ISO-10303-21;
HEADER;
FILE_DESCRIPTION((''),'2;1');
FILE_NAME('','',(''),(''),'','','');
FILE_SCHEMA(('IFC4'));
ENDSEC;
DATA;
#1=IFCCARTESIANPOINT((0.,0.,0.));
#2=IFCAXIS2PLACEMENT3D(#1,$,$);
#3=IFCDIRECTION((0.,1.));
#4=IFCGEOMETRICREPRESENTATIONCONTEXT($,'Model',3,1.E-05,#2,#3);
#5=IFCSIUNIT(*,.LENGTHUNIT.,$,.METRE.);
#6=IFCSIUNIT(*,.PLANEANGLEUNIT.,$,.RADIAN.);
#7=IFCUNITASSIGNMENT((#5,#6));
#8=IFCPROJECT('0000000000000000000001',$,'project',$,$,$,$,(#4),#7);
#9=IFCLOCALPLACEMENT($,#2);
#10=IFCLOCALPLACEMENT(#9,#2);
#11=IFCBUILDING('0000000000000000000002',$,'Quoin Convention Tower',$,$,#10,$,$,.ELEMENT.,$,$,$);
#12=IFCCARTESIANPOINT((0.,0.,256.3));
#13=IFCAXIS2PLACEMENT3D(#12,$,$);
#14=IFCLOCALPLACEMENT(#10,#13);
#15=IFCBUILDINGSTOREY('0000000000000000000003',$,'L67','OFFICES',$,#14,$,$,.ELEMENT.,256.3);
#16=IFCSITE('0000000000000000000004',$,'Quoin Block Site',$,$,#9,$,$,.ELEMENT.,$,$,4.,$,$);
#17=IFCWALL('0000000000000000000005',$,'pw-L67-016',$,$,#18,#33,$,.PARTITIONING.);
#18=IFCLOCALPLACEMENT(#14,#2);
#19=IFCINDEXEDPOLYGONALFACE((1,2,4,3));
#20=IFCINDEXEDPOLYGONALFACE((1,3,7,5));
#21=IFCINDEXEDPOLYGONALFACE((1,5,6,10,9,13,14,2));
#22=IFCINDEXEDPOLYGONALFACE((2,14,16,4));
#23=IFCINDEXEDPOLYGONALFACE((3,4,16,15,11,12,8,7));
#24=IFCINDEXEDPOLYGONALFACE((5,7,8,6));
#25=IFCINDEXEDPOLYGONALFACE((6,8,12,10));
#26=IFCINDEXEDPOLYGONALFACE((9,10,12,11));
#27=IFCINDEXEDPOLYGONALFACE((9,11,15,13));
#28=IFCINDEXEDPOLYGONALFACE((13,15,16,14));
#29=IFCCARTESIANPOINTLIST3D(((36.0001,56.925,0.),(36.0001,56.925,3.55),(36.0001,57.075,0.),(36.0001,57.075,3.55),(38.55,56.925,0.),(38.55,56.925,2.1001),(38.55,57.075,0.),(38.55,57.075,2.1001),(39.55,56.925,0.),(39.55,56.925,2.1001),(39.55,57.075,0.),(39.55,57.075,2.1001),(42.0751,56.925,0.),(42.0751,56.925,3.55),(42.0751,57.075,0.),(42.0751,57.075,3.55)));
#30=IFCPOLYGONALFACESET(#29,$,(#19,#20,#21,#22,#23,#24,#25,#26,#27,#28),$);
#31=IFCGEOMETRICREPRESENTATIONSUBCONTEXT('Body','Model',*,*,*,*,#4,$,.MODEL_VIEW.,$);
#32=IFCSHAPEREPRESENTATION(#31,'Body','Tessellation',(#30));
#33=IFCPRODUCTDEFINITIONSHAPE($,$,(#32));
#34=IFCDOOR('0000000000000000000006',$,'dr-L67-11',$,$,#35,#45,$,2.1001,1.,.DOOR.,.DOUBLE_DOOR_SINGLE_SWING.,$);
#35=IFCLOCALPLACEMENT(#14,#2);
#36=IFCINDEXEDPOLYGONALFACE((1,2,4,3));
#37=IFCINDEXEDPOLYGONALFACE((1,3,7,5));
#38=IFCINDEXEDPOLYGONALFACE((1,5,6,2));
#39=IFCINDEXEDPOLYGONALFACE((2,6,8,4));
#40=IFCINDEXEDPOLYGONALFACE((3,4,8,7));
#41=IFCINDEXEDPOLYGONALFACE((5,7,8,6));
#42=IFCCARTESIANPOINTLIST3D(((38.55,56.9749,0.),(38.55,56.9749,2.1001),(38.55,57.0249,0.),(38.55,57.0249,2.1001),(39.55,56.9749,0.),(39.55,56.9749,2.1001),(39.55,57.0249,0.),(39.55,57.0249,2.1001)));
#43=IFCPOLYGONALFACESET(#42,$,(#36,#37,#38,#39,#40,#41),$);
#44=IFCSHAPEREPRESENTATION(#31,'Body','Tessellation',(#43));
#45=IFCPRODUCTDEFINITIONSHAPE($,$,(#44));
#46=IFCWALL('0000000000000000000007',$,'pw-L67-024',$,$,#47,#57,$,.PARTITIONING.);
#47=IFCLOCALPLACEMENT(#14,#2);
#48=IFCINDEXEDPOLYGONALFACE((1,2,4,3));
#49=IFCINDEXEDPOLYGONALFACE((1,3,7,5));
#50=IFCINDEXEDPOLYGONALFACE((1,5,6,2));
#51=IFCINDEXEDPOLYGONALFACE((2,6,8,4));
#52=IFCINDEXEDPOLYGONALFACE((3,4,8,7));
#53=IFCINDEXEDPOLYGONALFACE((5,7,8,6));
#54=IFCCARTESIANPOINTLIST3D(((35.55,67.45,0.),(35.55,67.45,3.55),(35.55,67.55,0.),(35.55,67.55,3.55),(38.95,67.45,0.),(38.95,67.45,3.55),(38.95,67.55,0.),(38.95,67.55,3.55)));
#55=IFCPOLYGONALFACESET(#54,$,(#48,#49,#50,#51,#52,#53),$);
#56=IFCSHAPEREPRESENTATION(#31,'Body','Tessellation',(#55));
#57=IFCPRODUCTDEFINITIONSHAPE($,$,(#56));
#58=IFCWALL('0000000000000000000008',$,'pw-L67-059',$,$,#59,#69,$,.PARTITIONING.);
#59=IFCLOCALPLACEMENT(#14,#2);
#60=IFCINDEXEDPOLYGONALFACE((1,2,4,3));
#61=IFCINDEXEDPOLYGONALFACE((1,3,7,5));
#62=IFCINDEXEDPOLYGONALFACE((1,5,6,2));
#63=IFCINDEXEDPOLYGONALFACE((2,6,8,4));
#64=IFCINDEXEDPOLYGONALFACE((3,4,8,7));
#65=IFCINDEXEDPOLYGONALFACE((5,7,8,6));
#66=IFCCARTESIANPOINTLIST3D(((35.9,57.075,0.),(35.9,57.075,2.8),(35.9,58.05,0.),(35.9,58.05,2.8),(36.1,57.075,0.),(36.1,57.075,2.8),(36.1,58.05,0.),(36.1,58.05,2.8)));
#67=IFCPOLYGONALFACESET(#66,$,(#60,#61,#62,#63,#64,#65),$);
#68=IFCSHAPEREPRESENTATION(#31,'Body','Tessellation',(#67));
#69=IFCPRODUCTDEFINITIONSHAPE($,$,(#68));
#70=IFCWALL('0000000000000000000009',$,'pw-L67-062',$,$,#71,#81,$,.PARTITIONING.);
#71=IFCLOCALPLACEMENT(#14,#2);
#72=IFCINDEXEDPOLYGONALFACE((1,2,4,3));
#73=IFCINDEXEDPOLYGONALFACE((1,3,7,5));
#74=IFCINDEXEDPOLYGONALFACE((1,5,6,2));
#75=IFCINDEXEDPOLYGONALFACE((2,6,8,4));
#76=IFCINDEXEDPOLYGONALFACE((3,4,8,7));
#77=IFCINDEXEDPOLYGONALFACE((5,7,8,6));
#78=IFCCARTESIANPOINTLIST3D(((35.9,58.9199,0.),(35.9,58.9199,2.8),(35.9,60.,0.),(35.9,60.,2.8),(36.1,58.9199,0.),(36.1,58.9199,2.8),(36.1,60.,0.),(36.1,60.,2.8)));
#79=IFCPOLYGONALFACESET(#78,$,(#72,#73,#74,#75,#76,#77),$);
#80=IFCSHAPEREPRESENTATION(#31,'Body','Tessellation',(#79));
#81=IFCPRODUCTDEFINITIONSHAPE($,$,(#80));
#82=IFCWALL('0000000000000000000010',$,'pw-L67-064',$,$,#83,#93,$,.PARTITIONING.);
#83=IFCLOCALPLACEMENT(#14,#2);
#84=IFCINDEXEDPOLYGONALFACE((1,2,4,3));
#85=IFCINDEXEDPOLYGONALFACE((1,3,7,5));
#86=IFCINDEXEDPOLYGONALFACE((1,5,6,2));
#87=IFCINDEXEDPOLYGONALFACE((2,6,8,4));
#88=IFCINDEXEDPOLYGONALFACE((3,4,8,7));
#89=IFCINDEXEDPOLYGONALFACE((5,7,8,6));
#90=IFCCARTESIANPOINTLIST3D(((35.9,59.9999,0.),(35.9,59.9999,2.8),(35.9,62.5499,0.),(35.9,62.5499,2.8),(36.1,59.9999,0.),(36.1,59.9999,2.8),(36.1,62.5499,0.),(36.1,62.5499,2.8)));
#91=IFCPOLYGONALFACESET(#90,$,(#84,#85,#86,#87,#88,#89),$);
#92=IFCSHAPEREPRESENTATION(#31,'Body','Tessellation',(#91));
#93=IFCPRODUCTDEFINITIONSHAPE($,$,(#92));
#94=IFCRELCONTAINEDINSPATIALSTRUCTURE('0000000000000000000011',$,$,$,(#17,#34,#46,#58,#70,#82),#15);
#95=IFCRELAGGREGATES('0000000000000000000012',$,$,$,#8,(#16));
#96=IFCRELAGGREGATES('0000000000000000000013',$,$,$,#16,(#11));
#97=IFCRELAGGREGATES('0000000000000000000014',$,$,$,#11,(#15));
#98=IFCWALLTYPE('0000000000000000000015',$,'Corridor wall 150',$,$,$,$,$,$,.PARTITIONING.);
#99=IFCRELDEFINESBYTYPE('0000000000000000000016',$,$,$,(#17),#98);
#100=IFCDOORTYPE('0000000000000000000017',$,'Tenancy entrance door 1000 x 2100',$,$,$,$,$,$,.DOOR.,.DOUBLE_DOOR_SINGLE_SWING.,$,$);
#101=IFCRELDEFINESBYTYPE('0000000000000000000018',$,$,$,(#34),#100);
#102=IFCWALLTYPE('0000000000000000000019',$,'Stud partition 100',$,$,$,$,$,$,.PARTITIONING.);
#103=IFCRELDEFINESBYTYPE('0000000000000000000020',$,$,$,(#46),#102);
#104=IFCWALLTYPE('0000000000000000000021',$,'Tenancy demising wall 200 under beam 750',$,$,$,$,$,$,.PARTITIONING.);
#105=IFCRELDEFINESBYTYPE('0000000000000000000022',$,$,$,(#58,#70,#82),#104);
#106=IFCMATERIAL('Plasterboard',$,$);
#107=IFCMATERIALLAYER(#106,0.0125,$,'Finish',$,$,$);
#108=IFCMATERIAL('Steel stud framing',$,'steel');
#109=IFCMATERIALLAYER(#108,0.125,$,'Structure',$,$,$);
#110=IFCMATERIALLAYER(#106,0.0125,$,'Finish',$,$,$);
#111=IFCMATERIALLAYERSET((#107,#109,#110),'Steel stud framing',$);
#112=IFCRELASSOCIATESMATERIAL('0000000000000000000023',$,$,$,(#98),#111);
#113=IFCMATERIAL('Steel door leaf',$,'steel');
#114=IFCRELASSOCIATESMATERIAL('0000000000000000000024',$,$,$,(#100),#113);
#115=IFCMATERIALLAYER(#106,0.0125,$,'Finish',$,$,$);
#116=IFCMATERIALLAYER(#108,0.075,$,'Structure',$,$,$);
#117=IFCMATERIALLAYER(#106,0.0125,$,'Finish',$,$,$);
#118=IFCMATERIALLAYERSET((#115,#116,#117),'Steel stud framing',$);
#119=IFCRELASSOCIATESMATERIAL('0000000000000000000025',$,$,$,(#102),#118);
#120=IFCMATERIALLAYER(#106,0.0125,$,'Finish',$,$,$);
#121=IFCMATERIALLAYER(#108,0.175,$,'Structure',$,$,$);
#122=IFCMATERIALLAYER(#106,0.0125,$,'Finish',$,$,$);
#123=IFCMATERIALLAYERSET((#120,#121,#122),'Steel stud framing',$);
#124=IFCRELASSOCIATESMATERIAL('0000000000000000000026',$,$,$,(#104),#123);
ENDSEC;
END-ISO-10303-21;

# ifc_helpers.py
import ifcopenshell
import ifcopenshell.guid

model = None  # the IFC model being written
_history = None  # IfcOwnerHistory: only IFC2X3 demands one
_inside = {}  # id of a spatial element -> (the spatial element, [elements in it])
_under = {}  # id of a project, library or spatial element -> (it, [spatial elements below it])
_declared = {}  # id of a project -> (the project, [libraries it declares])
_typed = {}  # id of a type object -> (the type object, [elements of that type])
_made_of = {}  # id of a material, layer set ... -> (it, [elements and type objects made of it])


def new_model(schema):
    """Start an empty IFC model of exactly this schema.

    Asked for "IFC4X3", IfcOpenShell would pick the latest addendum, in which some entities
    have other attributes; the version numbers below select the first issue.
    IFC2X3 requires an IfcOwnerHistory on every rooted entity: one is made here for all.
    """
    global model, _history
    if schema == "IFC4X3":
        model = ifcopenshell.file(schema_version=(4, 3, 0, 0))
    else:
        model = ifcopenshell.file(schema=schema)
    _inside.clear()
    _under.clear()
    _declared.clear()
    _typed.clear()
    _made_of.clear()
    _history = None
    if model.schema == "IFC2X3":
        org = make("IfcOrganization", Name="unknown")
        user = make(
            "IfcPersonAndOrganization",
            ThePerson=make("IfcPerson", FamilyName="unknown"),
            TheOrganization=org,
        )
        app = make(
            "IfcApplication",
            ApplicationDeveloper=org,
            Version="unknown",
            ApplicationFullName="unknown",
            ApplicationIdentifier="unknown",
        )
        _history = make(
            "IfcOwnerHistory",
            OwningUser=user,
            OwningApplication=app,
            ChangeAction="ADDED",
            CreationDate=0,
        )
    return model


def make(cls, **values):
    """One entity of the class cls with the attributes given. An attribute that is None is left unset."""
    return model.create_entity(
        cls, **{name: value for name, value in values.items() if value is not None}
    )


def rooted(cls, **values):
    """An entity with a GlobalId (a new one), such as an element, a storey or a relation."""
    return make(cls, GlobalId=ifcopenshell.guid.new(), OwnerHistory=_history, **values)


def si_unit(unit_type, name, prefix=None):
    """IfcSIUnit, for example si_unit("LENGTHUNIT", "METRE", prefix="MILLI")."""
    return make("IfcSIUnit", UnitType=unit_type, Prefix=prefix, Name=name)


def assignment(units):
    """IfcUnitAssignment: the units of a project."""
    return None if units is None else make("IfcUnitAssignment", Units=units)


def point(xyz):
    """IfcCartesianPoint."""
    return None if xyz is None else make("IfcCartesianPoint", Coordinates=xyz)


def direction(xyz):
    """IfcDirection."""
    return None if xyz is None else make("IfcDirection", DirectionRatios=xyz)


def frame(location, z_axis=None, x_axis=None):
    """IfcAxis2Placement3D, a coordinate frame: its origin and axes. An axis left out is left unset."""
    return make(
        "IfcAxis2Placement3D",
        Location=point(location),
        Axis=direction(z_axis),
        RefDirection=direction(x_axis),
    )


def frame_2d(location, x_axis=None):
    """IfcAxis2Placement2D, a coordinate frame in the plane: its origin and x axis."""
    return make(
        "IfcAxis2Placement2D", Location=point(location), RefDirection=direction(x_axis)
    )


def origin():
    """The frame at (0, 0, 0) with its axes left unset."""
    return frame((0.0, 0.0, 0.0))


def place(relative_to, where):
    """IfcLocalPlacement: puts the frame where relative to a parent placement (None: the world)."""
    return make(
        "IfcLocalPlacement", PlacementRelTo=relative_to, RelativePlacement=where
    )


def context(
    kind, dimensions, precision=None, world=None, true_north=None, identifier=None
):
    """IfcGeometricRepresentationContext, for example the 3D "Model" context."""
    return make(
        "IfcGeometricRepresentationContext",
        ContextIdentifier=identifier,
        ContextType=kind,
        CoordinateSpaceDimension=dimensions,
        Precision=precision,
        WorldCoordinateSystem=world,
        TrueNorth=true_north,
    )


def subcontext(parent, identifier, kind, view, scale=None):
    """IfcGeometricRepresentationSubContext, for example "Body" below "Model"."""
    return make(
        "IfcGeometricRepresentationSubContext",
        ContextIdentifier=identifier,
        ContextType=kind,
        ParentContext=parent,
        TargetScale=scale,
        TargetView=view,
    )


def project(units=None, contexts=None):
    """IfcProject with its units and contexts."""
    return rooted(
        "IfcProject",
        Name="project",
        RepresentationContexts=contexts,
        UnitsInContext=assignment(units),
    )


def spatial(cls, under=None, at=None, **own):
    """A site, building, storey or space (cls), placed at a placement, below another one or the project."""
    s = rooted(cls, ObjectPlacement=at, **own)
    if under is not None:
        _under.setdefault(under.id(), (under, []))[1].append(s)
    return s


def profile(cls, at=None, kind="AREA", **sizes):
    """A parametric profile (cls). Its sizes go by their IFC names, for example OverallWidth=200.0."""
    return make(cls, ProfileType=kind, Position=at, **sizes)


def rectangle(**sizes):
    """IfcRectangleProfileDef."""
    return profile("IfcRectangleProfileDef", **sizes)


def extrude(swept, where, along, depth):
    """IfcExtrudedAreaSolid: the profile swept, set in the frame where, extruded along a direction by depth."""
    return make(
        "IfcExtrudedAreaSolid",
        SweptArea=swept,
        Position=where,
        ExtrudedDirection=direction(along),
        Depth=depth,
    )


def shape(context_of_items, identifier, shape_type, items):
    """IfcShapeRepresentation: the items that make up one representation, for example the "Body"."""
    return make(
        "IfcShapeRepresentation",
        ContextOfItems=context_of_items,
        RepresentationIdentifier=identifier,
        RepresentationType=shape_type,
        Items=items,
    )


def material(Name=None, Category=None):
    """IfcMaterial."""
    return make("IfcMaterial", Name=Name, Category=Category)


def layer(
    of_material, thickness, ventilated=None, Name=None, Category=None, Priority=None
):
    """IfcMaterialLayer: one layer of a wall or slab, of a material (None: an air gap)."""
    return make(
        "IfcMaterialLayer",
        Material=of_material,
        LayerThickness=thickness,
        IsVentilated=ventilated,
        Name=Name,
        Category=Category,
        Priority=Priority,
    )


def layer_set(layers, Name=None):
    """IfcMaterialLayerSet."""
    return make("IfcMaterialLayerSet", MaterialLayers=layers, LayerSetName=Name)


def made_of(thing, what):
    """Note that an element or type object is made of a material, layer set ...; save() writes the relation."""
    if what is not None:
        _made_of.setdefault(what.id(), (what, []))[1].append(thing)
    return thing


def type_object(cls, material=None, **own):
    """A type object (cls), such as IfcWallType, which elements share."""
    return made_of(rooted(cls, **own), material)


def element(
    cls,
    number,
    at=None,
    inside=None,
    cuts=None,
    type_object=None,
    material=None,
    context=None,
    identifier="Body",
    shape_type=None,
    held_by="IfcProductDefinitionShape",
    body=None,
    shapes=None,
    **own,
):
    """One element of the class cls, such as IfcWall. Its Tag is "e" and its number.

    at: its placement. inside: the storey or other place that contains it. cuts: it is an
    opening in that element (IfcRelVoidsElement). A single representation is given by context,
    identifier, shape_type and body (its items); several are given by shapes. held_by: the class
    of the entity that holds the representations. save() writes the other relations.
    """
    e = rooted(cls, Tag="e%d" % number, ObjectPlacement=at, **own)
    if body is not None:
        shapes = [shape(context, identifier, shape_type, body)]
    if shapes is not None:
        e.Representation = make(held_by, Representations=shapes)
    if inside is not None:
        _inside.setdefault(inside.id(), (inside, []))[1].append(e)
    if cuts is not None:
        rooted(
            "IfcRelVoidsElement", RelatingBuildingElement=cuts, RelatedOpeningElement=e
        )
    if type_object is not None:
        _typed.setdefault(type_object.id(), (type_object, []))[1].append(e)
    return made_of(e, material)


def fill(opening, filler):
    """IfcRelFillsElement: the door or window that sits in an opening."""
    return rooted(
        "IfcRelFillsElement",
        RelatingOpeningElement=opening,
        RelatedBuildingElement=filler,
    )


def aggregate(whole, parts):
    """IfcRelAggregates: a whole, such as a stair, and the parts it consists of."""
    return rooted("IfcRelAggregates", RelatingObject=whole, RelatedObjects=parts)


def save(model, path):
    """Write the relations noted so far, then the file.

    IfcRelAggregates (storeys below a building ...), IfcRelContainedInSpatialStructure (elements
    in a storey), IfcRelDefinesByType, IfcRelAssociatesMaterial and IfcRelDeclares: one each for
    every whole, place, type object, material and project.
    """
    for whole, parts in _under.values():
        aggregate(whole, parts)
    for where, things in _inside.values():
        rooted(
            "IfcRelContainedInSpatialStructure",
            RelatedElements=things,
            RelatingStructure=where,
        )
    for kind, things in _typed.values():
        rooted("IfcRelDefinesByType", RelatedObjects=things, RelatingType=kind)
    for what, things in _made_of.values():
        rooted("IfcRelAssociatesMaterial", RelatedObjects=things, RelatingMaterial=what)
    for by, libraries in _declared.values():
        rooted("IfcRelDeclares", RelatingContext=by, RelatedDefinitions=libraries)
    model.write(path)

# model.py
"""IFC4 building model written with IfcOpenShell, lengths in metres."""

from ifc_helpers import new_model, si_unit, direction, frame, frame_2d, origin, place, context, subcontext, project, spatial, rectangle, extrude, material, layer, layer_set, type_object, element, fill, save


model = new_model("IFC4")

# Units and contexts
model_context = context("Model", 3, precision=1e-05, world=origin(), true_north=direction((0.0, 1.0)))
body_context = subcontext(model_context, "Body", "Model", "MODEL_VIEW")
ifc_project = project(units=[si_unit("LENGTHUNIT", "METRE"), si_unit("PLANEANGLEUNIT", "RADIAN")], contexts=[model_context])

# Site, building, storey
site_placement = place(None, origin())
site = spatial("IfcSite", under=ifc_project, at=site_placement, Name="Quoin Block Site", CompositionType="ELEMENT", RefElevation=4.0)
building_placement = place(site_placement, origin())
building = spatial("IfcBuilding", under=site, at=building_placement, Name="Quoin Convention Tower", CompositionType="ELEMENT")
storey_placement = place(building_placement, frame((0.0, 0.0, 256.3)))
storey = spatial("IfcBuildingStorey", under=building, at=storey_placement, Name="L67", Description="OFFICES", CompositionType="ELEMENT", Elevation=256.3)

# Shared definitions
ifc_material_1 = material(Name="Plasterboard")
ifc_material_2 = material(Name="Steel stud framing", Category="steel")

# Wall, opening, door
ifc_layer_1 = layer(ifc_material_1, 0.0125, Name="Finish")
ifc_layer_2 = layer(ifc_material_2, 0.125, Name="Structure")
ifc_layer_3 = layer(ifc_material_1, 0.0125, Name="Finish")
ifc_layer_set_1 = layer_set([ifc_layer_1, ifc_layer_2, ifc_layer_3], Name="Steel stud framing")
wall_type_1 = type_object("IfcWallType", Name="Corridor wall 150", PredefinedType="PARTITIONING", material=ifc_layer_set_1)
wall_1_placement = place(storey_placement, frame((36.0, 57.0, 0.0), z_axis=(0.0, 0.0, 1.0), x_axis=(1.0, 0.0, 0.0)))
wall_1 = element("IfcWall", 1, at=wall_1_placement, inside=storey, type_object=wall_type_1, Name="pw-L67-016", PredefinedType="PARTITIONING", context=body_context, shape_type="SweptSolid", body=[
    extrude(rectangle(XDim=6.075, YDim=0.1499, at=frame_2d((3.0376, 0.0))), origin(), (0.0, 0.0, 1.0), 3.55),
])
opening_1_placement = place(wall_1_placement, frame((2.55, 0.0, 0.0)))
opening_1 = element("IfcOpeningElement", 2, at=opening_1_placement, cuts=wall_1, PredefinedType="OPENING", context=body_context, shape_type="SweptSolid", body=[
    extrude(rectangle(XDim=1.0, YDim=2.1001, at=frame_2d((0.5, 1.05))), frame((0.0, 0.085, 0.0), z_axis=(0.0, -1.0, 0.0), x_axis=(1.0, 0.0, 0.0)), (0.0, 0.0, 1.0), 0.1699),
])
ifc_material_3 = material(Name="Steel door leaf", Category="steel")
door_type = type_object("IfcDoorType", Name="Tenancy entrance door 1000 x 2100", OperationType="DOUBLE_DOOR_SINGLE_SWING", PredefinedType="DOOR", material=ifc_material_3)
door_placement = place(opening_1_placement, origin())
door = element("IfcDoor", 3, at=door_placement, inside=storey, type_object=door_type, Name="dr-L67-11", OperationType="DOUBLE_DOOR_SINGLE_SWING", OverallHeight=2.1001, OverallWidth=1.0, PredefinedType="DOOR", context=body_context, shape_type="SweptSolid", body=[
    extrude(rectangle(XDim=1.0, YDim=2.1001, at=frame_2d((0.5, 1.05))), frame((0.0, 0.0249, 0.0), z_axis=(0.0, -1.0, 0.0), x_axis=(1.0, 0.0, 0.0)), (0.0, 0.0, 1.0), 0.05),
])
fill(opening_1, door)

# Walls
ifc_layer_4 = layer(ifc_material_1, 0.0125, Name="Finish")
ifc_layer_5 = layer(ifc_material_2, 0.075, Name="Structure")
ifc_layer_6 = layer(ifc_material_1, 0.0125, Name="Finish")
ifc_layer_set_2 = layer_set([ifc_layer_4, ifc_layer_5, ifc_layer_6], Name="Steel stud framing")
wall_type_2 = type_object("IfcWallType", Name="Stud partition 100", PredefinedType="PARTITIONING", material=ifc_layer_set_2)
wall_2_placement = place(storey_placement, frame((35.55, 67.5, 0.0), z_axis=(0.0, 0.0, 1.0), x_axis=(1.0, 0.0, 0.0)))
element("IfcWall", 4, at=wall_2_placement, inside=storey, type_object=wall_type_2, Name="pw-L67-024", PredefinedType="PARTITIONING", context=body_context, shape_type="SweptSolid", body=[
    extrude(rectangle(XDim=3.3999, YDim=0.1001, at=frame_2d((1.7, 0.0))), origin(), (0.0, 0.0, 1.0), 3.55),
])
ifc_layer_7 = layer(ifc_material_1, 0.0125, Name="Finish")
ifc_layer_8 = layer(ifc_material_2, 0.175, Name="Structure")
ifc_layer_9 = layer(ifc_material_1, 0.0125, Name="Finish")
ifc_layer_set_3 = layer_set([ifc_layer_7, ifc_layer_8, ifc_layer_9], Name="Steel stud framing")
wall_type_3 = type_object("IfcWallType", Name="Tenancy demising wall 200 under beam 750", PredefinedType="PARTITIONING", material=ifc_layer_set_3)
wall_3_placement = place(storey_placement, frame((36.0, 57.075, 0.0), z_axis=(0.0, 0.0, 1.0), x_axis=(0.0, 1.0, 0.0)))
element("IfcWall", 5, at=wall_3_placement, inside=storey, type_object=wall_type_3, Name="pw-L67-059", PredefinedType="PARTITIONING", context=body_context, shape_type="SweptSolid", body=[
    extrude(rectangle(XDim=0.9751, YDim=0.2, at=frame_2d((0.4875, 0.0))), origin(), (0.0, 0.0, 1.0), 2.8),
])
wall_4_placement = place(storey_placement, frame((36.0, 58.9199, 0.0), z_axis=(0.0, 0.0, 1.0), x_axis=(0.0, 1.0, 0.0)))
element("IfcWall", 6, at=wall_4_placement, inside=storey, type_object=wall_type_3, Name="pw-L67-062", PredefinedType="PARTITIONING", context=body_context, shape_type="SweptSolid", body=[
    extrude(rectangle(XDim=1.0801, YDim=0.2, at=frame_2d((0.54, 0.0))), origin(), (0.0, 0.0, 1.0), 2.8),
])
wall_5_placement = place(storey_placement, frame((36.0, 60.0, 0.0), z_axis=(0.0, 0.0, 1.0), x_axis=(0.0, 1.0, 0.0)))
element("IfcWall", 7, at=wall_5_placement, inside=storey, type_object=wall_type_3, Name="pw-L67-064", PredefinedType="PARTITIONING", context=body_context, shape_type="SweptSolid", body=[
    extrude(rectangle(XDim=2.55, YDim=0.2, at=frame_2d((1.2749, 0.0))), origin(), (0.0, 0.0, 1.0), 2.8),
])

save(model, "model.ifc")
